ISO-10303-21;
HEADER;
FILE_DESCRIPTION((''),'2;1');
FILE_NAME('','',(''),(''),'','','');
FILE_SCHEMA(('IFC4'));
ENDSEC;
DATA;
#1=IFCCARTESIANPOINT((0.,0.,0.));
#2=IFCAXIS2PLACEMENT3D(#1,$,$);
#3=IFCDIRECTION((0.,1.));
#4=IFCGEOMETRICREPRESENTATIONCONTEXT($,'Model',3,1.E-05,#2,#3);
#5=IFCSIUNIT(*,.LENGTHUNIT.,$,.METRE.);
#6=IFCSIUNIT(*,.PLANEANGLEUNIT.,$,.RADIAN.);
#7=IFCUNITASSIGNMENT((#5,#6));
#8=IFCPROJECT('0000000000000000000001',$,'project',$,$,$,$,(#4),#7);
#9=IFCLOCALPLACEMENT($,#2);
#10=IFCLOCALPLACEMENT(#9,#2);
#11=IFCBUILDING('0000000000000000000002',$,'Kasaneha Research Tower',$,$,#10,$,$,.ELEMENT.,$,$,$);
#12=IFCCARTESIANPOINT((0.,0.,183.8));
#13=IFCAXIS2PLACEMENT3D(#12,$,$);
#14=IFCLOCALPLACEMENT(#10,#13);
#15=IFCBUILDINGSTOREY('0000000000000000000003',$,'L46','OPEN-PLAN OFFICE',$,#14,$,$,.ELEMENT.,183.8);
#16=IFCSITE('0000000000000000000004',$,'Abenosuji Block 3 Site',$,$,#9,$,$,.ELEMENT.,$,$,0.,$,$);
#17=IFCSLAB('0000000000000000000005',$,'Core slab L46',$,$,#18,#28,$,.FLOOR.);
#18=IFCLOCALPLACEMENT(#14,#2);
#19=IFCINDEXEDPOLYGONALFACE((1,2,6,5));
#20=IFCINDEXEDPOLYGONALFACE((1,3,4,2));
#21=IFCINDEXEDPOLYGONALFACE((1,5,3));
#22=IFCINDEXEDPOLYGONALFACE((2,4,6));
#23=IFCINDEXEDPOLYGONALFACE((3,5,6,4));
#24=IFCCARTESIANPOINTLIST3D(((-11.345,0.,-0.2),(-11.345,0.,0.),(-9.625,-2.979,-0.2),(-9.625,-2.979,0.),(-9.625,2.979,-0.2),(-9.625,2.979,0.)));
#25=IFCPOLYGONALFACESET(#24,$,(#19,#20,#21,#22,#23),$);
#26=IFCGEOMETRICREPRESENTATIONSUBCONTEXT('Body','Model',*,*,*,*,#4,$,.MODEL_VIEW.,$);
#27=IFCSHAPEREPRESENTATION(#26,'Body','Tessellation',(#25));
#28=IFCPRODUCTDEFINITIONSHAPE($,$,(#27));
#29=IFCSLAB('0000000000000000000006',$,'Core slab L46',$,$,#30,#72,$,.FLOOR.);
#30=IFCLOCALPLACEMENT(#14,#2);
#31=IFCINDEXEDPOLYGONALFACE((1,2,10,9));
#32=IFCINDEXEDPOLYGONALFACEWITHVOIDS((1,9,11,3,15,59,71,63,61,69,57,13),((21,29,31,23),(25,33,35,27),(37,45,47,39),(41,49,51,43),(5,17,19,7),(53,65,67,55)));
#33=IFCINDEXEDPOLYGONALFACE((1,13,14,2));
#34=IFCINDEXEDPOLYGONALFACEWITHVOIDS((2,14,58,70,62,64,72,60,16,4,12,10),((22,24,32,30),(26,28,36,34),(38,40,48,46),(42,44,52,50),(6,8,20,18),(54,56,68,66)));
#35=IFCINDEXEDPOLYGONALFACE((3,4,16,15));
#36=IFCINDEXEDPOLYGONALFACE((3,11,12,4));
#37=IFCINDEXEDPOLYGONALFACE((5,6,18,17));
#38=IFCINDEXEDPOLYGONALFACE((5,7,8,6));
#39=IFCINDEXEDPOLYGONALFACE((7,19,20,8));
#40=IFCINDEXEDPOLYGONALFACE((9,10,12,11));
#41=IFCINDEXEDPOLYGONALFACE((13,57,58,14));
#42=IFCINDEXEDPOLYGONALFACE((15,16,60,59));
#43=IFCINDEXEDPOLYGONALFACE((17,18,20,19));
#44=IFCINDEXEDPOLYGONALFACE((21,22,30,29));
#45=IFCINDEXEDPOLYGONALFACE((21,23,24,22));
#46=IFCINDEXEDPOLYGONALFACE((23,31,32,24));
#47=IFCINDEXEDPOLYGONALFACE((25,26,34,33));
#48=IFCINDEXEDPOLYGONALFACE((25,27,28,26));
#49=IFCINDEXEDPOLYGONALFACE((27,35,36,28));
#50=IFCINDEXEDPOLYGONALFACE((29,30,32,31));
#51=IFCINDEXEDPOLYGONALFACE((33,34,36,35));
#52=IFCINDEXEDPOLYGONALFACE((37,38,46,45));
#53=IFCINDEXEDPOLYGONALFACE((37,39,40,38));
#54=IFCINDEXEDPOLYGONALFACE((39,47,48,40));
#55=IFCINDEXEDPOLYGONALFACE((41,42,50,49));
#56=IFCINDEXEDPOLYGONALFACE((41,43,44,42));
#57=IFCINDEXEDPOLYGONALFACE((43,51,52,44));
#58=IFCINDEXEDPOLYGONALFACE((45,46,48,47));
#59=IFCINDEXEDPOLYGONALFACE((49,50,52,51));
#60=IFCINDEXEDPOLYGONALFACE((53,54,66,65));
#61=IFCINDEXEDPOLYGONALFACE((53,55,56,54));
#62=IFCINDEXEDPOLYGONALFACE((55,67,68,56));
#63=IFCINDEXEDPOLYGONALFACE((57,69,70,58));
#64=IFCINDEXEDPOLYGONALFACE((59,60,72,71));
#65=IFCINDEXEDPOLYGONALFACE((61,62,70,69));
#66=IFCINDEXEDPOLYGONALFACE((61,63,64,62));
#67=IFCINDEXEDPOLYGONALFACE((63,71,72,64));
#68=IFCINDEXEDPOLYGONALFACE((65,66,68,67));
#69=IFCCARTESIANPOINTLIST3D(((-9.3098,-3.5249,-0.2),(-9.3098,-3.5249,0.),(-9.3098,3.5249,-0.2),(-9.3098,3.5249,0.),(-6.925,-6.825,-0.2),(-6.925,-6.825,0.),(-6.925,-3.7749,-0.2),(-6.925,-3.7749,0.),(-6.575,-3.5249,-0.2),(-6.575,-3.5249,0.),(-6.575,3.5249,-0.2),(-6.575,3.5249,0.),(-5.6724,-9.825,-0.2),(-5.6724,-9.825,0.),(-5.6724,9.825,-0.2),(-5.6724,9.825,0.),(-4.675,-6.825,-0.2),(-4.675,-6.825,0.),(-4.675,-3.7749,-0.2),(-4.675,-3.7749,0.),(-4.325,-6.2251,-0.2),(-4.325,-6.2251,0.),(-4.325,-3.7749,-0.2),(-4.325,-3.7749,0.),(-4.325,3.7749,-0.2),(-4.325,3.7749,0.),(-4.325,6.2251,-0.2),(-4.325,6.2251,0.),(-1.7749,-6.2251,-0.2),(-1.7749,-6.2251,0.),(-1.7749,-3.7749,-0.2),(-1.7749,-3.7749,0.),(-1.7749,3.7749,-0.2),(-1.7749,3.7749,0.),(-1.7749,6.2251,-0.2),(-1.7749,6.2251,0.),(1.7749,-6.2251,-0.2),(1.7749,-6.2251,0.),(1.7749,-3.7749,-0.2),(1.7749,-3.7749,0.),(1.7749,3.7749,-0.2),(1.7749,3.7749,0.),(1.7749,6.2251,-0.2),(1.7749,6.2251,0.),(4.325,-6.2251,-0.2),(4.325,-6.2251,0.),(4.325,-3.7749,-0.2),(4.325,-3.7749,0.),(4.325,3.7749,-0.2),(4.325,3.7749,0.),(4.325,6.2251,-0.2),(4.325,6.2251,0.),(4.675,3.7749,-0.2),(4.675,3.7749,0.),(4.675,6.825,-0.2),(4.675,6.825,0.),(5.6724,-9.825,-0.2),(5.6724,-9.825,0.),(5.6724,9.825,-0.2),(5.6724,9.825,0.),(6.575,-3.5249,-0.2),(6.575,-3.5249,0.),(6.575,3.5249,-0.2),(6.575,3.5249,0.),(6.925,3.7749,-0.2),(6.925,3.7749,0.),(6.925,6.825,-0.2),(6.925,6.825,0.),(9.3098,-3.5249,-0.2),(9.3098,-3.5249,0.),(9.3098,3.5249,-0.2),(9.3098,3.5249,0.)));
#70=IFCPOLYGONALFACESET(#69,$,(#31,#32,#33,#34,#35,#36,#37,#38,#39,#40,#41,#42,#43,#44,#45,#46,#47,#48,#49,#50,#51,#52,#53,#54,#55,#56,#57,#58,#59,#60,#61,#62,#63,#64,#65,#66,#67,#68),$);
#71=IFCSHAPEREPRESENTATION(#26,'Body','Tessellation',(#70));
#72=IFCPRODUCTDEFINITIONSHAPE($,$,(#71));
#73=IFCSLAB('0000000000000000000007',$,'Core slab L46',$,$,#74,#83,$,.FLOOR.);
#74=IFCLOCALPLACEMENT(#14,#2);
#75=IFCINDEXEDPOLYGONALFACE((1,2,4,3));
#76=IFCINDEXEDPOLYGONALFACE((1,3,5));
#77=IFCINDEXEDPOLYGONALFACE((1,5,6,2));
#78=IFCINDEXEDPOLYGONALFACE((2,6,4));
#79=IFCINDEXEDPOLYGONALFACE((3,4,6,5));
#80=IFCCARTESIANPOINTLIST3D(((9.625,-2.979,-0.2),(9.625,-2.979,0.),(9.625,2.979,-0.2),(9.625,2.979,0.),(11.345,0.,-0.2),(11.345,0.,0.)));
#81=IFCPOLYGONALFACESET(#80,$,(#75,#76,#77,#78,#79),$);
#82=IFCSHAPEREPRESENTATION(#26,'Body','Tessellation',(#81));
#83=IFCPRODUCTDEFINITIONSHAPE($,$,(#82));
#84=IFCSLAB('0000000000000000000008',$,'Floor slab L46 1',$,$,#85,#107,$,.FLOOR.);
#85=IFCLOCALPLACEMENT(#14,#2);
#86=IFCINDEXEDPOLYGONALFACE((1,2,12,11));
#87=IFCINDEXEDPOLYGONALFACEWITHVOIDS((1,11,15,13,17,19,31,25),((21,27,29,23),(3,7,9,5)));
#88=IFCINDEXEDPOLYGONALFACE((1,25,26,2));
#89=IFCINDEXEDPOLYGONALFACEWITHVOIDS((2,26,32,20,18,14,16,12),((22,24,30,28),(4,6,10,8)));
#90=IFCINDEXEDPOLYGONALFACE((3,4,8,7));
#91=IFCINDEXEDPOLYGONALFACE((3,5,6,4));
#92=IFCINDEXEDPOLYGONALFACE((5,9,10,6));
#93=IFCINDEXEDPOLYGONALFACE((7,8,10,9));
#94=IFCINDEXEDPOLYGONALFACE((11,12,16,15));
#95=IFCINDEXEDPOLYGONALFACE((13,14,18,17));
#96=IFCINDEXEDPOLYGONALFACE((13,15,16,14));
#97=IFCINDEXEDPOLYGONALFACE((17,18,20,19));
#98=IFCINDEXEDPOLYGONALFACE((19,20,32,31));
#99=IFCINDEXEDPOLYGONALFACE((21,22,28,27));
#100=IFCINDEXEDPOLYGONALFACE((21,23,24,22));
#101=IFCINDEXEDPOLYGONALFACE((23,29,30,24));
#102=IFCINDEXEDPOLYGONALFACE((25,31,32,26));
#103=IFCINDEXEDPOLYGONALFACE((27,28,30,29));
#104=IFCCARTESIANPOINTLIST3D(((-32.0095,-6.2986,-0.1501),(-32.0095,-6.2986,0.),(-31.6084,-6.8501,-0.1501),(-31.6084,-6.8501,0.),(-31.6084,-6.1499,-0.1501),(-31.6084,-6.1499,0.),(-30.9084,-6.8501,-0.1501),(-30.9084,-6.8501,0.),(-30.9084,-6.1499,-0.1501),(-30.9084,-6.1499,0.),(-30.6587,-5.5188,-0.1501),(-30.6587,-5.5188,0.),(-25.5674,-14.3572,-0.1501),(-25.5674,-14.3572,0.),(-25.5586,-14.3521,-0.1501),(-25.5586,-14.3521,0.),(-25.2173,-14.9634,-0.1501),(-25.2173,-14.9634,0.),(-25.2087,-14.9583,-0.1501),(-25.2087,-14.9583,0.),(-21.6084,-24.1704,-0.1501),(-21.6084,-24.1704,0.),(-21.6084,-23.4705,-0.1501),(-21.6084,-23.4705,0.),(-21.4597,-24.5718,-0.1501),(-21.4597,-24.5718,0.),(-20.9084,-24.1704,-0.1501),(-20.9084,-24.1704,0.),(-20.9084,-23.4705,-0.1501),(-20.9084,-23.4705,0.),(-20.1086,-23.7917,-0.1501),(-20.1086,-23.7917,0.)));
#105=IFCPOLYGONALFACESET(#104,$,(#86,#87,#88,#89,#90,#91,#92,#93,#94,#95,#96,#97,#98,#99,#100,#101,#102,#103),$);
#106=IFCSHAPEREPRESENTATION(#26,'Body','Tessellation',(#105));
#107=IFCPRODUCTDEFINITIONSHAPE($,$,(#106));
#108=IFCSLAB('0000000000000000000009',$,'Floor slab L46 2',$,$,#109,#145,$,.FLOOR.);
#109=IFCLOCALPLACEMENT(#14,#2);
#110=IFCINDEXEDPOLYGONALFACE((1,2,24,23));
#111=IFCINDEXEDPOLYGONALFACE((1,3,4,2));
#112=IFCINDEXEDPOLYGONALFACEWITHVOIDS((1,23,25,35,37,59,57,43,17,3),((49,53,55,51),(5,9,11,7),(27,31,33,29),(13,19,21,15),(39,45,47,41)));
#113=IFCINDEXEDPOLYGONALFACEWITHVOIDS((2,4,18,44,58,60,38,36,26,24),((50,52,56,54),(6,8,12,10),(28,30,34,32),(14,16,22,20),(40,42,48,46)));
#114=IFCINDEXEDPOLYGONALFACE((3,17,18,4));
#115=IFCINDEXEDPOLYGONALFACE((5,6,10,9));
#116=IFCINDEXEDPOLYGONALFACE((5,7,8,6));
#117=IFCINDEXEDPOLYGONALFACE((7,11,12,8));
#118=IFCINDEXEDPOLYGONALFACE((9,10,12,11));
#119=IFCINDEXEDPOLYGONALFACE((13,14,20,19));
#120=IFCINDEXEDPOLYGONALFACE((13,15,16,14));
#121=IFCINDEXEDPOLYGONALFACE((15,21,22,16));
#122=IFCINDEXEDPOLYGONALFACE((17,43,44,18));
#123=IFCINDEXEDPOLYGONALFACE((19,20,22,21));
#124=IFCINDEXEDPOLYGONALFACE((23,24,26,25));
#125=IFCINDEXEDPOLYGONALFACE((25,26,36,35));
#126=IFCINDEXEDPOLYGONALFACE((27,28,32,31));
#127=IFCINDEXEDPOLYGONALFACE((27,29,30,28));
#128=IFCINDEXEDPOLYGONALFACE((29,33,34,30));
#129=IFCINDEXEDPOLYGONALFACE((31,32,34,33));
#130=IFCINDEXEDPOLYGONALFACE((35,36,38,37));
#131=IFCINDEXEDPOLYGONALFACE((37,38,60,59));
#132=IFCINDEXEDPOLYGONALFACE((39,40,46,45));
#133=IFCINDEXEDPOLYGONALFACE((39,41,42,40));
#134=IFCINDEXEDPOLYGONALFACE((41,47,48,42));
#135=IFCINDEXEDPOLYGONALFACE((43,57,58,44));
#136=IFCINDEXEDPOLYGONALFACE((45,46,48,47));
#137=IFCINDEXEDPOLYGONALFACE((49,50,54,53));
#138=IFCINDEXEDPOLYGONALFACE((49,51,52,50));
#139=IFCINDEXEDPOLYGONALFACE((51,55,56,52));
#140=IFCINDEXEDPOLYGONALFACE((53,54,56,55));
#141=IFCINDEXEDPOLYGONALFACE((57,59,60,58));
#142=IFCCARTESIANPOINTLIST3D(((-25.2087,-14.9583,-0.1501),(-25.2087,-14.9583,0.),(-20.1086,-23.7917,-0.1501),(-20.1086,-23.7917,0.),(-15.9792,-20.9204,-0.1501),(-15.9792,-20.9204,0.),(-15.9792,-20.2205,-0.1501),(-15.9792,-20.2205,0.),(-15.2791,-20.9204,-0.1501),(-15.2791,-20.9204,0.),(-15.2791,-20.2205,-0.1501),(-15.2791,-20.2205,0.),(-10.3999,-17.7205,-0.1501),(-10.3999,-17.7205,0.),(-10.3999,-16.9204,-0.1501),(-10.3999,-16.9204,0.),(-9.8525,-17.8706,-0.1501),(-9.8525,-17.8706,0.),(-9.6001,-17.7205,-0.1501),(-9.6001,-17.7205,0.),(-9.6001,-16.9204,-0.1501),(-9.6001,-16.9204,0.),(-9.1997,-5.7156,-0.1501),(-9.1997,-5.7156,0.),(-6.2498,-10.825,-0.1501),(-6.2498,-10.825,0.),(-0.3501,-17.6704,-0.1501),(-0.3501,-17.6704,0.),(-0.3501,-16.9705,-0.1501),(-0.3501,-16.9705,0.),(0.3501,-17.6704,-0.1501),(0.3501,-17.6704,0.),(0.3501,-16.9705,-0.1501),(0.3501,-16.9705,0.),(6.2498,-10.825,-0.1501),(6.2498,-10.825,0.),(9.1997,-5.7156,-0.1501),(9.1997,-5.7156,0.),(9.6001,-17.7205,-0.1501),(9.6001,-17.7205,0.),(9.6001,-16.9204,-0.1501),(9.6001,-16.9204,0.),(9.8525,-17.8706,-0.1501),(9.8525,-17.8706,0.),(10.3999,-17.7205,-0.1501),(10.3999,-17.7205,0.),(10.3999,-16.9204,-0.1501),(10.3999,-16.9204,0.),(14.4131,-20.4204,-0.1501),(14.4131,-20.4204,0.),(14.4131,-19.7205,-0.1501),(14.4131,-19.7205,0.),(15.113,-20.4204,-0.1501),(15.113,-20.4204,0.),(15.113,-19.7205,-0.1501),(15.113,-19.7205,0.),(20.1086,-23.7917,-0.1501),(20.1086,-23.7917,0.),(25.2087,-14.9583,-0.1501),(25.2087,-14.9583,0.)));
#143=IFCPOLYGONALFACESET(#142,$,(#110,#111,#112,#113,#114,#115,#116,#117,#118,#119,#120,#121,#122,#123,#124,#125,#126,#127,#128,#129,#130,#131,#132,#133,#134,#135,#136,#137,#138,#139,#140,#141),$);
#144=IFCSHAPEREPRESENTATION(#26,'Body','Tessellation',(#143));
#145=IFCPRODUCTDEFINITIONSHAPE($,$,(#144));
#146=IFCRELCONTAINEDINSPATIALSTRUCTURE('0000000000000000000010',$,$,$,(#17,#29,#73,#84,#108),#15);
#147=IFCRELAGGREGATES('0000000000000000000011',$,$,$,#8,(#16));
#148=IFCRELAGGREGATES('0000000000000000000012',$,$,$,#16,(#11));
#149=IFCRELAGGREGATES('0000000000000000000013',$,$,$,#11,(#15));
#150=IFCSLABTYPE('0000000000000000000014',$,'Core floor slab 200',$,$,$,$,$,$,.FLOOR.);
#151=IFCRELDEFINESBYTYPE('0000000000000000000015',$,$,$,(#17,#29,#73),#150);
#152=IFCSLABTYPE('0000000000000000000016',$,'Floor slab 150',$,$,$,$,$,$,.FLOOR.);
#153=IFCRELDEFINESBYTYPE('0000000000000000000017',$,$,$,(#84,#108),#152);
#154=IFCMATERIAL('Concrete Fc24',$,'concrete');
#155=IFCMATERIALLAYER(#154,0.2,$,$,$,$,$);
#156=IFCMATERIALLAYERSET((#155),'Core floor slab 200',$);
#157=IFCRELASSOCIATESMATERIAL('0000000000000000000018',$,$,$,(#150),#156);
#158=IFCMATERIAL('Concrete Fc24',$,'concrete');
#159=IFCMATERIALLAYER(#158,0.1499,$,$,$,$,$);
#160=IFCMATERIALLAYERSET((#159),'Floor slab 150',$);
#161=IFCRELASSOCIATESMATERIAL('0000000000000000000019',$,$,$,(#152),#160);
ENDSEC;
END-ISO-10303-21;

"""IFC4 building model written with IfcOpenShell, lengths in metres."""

from ifc_helpers import new_model, si_unit, direction, frame, origin, place, context, subcontext, project, spatial, polyline, outline, extrude, material, layer, layer_set, type_object, element, save


model = new_model("IFC4")

# Units and contexts
model_context = context("Model", 3, precision=1e-05, world=origin(), true_north=direction((0.0, 1.0)))
body_context = subcontext(model_context, "Body", "Model", "MODEL_VIEW")
ifc_project = project(units=[si_unit("LENGTHUNIT", "METRE"), si_unit("PLANEANGLEUNIT", "RADIAN")], contexts=[model_context])

# Site, building, storey
site_placement = place(None, origin())
site = spatial("IfcSite", under=ifc_project, at=site_placement, Name="Abenosuji Block 3 Site", CompositionType="ELEMENT", RefElevation=0.0)
building_placement = place(site_placement, origin())
building = spatial("IfcBuilding", under=site, at=building_placement, Name="Kasaneha Research Tower", CompositionType="ELEMENT")
storey_placement = place(building_placement, frame((0.0, 0.0, 183.8)))
storey = spatial("IfcBuildingStorey", under=building, at=storey_placement, Name="L46", Description="OPEN-PLAN OFFICE", CompositionType="ELEMENT", Elevation=183.8)

# Slabs
ifc_material_1 = material(Name="Concrete Fc24", Category="concrete")
ifc_layer_1 = layer(ifc_material_1, 0.2)
ifc_layer_set_1 = layer_set([ifc_layer_1], Name="Core floor slab 200")
slab_type_1 = type_object("IfcSlabType", Name="Core floor slab 200", PredefinedType="FLOOR", material=ifc_layer_set_1)
slab_1_placement = place(storey_placement, frame((0.0, 0.0, -0.2)))
element("IfcSlab", 1, at=slab_1_placement, inside=storey, type_object=slab_type_1, Name="Core slab L46", PredefinedType="FLOOR", context=body_context, shape_type="SweptSolid", body=[
    extrude(outline(polyline([(-11.345, 0.0), (-9.625, 2.979), (-9.625, -2.979), (-11.345, 0.0)])), origin(), (0.0, 0.0, 1.0), 0.2),
])
slab_2_placement = place(storey_placement, frame((0.0, 0.0, -0.2)))
element("IfcSlab", 2, at=slab_2_placement, inside=storey, type_object=slab_type_1, Name="Core slab L46", PredefinedType="FLOOR", context=body_context, shape_type="SweptSolid", body=[
    extrude(outline(polyline([(-5.6724, 9.825), (5.6724, 9.825), (9.3098, 3.5249), (6.575, 3.5249), (6.575, -3.5249), (9.3098, -3.5249), (5.6724, -9.825), (-5.6724, -9.825), (-9.3098, -3.5249), (-6.575, -3.5249), (-6.575, 3.5249), (-9.3098, 3.5249), (-5.6724, 9.825)]), holes=[polyline([(-6.925, -3.7749), (-6.925, -6.825), (-4.675, -6.825), (-4.675, -3.7749), (-6.925, -3.7749)]), polyline([(-4.325, -3.7749), (-4.325, -6.2251), (-1.7749, -6.2251), (-1.7749, -3.7749), (-4.325, -3.7749)]), polyline([(1.7749, -3.7749), (1.7749, -6.2251), (4.325, -6.2251), (4.325, -3.7749), (1.7749, -3.7749)]), polyline([(-4.325, 6.2251), (-4.325, 3.7749), (-1.7749, 3.7749), (-1.7749, 6.2251), (-4.325, 6.2251)]), polyline([(1.7749, 6.2251), (1.7749, 3.7749), (4.325, 3.7749), (4.325, 6.2251), (1.7749, 6.2251)]), polyline([(4.675, 6.825), (4.675, 3.7749), (6.925, 3.7749), (6.925, 6.825), (4.675, 6.825)])]), origin(), (0.0, 0.0, 1.0), 0.2),
])
slab_3_placement = place(storey_placement, frame((0.0, 0.0, -0.2)))
element("IfcSlab", 3, at=slab_3_placement, inside=storey, type_object=slab_type_1, Name="Core slab L46", PredefinedType="FLOOR", context=body_context, shape_type="SweptSolid", body=[
    extrude(outline(polyline([(11.345, 0.0), (9.625, -2.979), (9.625, 2.979), (11.345, 0.0)])), origin(), (0.0, 0.0, 1.0), 0.2),
])
ifc_material_2 = material(Name="Concrete Fc24", Category="concrete")
ifc_layer_2 = layer(ifc_material_2, 0.1499)
ifc_layer_set_2 = layer_set([ifc_layer_2], Name="Floor slab 150")
slab_type_2 = type_object("IfcSlabType", Name="Floor slab 150", PredefinedType="FLOOR", material=ifc_layer_set_2)
slab_4_placement = place(storey_placement, frame((0.0, 0.0, -0.1501)))
element("IfcSlab", 4, at=slab_4_placement, inside=storey, type_object=slab_type_2, Name="Floor slab L46 1", PredefinedType="FLOOR", context=body_context, shape_type="SweptSolid", body=[
    extrude(outline(polyline([(-32.0095, -6.2986), (-30.6587, -5.5188), (-25.5586, -14.3521), (-25.5674, -14.3572), (-25.2173, -14.9634), (-25.2087, -14.9583), (-20.1086, -23.7917), (-21.4597, -24.5718), (-32.0095, -6.2986)]), holes=[polyline([(-20.9084, -24.1704), (-20.9084, -23.4705), (-21.6084, -23.4705), (-21.6084, -24.1704), (-20.9084, -24.1704)]), polyline([(-30.9084, -6.8501), (-30.9084, -6.1499), (-31.6084, -6.1499), (-31.6084, -6.8501), (-30.9084, -6.8501)])]), origin(), (0.0, 0.0, 1.0), 0.1501),
])
slab_5_placement = place(storey_placement, frame((0.0, 0.0, -0.1501)))
element("IfcSlab", 5, at=slab_5_placement, inside=storey, type_object=slab_type_2, Name="Floor slab L46 2", PredefinedType="FLOOR", context=body_context, shape_type="SweptSolid", body=[
    extrude(outline(polyline([(9.8525, -17.8706), (-9.8525, -17.8706), (-20.1086, -23.7917), (-25.2087, -14.9583), (-9.1997, -5.7156), (-6.2498, -10.825), (6.2498, -10.825), (9.1997, -5.7156), (25.2087, -14.9583), (20.1086, -23.7917), (9.8525, -17.8706)]), holes=[polyline([(-15.2791, -20.9204), (-15.2791, -20.2205), (-15.9792, -20.2205), (-15.9792, -20.9204), (-15.2791, -20.9204)]), polyline([(0.3501, -17.6704), (0.3501, -16.9705), (-0.3501, -16.9705), (-0.3501, -17.6704), (0.3501, -17.6704)]), polyline([(-10.3999, -17.7205), (-9.6001, -17.7205), (-9.6001, -16.9204), (-10.3999, -16.9204), (-10.3999, -17.7205)]), polyline([(15.113, -20.4204), (15.113, -19.7205), (14.4131, -19.7205), (14.4131, -20.4204), (15.113, -20.4204)]), polyline([(9.6001, -17.7205), (10.3999, -17.7205), (10.3999, -16.9204), (9.6001, -16.9204), (9.6001, -17.7205)])]), origin(), (0.0, 0.0, 1.0), 0.1501),
])

save(model, "model.ifc")
